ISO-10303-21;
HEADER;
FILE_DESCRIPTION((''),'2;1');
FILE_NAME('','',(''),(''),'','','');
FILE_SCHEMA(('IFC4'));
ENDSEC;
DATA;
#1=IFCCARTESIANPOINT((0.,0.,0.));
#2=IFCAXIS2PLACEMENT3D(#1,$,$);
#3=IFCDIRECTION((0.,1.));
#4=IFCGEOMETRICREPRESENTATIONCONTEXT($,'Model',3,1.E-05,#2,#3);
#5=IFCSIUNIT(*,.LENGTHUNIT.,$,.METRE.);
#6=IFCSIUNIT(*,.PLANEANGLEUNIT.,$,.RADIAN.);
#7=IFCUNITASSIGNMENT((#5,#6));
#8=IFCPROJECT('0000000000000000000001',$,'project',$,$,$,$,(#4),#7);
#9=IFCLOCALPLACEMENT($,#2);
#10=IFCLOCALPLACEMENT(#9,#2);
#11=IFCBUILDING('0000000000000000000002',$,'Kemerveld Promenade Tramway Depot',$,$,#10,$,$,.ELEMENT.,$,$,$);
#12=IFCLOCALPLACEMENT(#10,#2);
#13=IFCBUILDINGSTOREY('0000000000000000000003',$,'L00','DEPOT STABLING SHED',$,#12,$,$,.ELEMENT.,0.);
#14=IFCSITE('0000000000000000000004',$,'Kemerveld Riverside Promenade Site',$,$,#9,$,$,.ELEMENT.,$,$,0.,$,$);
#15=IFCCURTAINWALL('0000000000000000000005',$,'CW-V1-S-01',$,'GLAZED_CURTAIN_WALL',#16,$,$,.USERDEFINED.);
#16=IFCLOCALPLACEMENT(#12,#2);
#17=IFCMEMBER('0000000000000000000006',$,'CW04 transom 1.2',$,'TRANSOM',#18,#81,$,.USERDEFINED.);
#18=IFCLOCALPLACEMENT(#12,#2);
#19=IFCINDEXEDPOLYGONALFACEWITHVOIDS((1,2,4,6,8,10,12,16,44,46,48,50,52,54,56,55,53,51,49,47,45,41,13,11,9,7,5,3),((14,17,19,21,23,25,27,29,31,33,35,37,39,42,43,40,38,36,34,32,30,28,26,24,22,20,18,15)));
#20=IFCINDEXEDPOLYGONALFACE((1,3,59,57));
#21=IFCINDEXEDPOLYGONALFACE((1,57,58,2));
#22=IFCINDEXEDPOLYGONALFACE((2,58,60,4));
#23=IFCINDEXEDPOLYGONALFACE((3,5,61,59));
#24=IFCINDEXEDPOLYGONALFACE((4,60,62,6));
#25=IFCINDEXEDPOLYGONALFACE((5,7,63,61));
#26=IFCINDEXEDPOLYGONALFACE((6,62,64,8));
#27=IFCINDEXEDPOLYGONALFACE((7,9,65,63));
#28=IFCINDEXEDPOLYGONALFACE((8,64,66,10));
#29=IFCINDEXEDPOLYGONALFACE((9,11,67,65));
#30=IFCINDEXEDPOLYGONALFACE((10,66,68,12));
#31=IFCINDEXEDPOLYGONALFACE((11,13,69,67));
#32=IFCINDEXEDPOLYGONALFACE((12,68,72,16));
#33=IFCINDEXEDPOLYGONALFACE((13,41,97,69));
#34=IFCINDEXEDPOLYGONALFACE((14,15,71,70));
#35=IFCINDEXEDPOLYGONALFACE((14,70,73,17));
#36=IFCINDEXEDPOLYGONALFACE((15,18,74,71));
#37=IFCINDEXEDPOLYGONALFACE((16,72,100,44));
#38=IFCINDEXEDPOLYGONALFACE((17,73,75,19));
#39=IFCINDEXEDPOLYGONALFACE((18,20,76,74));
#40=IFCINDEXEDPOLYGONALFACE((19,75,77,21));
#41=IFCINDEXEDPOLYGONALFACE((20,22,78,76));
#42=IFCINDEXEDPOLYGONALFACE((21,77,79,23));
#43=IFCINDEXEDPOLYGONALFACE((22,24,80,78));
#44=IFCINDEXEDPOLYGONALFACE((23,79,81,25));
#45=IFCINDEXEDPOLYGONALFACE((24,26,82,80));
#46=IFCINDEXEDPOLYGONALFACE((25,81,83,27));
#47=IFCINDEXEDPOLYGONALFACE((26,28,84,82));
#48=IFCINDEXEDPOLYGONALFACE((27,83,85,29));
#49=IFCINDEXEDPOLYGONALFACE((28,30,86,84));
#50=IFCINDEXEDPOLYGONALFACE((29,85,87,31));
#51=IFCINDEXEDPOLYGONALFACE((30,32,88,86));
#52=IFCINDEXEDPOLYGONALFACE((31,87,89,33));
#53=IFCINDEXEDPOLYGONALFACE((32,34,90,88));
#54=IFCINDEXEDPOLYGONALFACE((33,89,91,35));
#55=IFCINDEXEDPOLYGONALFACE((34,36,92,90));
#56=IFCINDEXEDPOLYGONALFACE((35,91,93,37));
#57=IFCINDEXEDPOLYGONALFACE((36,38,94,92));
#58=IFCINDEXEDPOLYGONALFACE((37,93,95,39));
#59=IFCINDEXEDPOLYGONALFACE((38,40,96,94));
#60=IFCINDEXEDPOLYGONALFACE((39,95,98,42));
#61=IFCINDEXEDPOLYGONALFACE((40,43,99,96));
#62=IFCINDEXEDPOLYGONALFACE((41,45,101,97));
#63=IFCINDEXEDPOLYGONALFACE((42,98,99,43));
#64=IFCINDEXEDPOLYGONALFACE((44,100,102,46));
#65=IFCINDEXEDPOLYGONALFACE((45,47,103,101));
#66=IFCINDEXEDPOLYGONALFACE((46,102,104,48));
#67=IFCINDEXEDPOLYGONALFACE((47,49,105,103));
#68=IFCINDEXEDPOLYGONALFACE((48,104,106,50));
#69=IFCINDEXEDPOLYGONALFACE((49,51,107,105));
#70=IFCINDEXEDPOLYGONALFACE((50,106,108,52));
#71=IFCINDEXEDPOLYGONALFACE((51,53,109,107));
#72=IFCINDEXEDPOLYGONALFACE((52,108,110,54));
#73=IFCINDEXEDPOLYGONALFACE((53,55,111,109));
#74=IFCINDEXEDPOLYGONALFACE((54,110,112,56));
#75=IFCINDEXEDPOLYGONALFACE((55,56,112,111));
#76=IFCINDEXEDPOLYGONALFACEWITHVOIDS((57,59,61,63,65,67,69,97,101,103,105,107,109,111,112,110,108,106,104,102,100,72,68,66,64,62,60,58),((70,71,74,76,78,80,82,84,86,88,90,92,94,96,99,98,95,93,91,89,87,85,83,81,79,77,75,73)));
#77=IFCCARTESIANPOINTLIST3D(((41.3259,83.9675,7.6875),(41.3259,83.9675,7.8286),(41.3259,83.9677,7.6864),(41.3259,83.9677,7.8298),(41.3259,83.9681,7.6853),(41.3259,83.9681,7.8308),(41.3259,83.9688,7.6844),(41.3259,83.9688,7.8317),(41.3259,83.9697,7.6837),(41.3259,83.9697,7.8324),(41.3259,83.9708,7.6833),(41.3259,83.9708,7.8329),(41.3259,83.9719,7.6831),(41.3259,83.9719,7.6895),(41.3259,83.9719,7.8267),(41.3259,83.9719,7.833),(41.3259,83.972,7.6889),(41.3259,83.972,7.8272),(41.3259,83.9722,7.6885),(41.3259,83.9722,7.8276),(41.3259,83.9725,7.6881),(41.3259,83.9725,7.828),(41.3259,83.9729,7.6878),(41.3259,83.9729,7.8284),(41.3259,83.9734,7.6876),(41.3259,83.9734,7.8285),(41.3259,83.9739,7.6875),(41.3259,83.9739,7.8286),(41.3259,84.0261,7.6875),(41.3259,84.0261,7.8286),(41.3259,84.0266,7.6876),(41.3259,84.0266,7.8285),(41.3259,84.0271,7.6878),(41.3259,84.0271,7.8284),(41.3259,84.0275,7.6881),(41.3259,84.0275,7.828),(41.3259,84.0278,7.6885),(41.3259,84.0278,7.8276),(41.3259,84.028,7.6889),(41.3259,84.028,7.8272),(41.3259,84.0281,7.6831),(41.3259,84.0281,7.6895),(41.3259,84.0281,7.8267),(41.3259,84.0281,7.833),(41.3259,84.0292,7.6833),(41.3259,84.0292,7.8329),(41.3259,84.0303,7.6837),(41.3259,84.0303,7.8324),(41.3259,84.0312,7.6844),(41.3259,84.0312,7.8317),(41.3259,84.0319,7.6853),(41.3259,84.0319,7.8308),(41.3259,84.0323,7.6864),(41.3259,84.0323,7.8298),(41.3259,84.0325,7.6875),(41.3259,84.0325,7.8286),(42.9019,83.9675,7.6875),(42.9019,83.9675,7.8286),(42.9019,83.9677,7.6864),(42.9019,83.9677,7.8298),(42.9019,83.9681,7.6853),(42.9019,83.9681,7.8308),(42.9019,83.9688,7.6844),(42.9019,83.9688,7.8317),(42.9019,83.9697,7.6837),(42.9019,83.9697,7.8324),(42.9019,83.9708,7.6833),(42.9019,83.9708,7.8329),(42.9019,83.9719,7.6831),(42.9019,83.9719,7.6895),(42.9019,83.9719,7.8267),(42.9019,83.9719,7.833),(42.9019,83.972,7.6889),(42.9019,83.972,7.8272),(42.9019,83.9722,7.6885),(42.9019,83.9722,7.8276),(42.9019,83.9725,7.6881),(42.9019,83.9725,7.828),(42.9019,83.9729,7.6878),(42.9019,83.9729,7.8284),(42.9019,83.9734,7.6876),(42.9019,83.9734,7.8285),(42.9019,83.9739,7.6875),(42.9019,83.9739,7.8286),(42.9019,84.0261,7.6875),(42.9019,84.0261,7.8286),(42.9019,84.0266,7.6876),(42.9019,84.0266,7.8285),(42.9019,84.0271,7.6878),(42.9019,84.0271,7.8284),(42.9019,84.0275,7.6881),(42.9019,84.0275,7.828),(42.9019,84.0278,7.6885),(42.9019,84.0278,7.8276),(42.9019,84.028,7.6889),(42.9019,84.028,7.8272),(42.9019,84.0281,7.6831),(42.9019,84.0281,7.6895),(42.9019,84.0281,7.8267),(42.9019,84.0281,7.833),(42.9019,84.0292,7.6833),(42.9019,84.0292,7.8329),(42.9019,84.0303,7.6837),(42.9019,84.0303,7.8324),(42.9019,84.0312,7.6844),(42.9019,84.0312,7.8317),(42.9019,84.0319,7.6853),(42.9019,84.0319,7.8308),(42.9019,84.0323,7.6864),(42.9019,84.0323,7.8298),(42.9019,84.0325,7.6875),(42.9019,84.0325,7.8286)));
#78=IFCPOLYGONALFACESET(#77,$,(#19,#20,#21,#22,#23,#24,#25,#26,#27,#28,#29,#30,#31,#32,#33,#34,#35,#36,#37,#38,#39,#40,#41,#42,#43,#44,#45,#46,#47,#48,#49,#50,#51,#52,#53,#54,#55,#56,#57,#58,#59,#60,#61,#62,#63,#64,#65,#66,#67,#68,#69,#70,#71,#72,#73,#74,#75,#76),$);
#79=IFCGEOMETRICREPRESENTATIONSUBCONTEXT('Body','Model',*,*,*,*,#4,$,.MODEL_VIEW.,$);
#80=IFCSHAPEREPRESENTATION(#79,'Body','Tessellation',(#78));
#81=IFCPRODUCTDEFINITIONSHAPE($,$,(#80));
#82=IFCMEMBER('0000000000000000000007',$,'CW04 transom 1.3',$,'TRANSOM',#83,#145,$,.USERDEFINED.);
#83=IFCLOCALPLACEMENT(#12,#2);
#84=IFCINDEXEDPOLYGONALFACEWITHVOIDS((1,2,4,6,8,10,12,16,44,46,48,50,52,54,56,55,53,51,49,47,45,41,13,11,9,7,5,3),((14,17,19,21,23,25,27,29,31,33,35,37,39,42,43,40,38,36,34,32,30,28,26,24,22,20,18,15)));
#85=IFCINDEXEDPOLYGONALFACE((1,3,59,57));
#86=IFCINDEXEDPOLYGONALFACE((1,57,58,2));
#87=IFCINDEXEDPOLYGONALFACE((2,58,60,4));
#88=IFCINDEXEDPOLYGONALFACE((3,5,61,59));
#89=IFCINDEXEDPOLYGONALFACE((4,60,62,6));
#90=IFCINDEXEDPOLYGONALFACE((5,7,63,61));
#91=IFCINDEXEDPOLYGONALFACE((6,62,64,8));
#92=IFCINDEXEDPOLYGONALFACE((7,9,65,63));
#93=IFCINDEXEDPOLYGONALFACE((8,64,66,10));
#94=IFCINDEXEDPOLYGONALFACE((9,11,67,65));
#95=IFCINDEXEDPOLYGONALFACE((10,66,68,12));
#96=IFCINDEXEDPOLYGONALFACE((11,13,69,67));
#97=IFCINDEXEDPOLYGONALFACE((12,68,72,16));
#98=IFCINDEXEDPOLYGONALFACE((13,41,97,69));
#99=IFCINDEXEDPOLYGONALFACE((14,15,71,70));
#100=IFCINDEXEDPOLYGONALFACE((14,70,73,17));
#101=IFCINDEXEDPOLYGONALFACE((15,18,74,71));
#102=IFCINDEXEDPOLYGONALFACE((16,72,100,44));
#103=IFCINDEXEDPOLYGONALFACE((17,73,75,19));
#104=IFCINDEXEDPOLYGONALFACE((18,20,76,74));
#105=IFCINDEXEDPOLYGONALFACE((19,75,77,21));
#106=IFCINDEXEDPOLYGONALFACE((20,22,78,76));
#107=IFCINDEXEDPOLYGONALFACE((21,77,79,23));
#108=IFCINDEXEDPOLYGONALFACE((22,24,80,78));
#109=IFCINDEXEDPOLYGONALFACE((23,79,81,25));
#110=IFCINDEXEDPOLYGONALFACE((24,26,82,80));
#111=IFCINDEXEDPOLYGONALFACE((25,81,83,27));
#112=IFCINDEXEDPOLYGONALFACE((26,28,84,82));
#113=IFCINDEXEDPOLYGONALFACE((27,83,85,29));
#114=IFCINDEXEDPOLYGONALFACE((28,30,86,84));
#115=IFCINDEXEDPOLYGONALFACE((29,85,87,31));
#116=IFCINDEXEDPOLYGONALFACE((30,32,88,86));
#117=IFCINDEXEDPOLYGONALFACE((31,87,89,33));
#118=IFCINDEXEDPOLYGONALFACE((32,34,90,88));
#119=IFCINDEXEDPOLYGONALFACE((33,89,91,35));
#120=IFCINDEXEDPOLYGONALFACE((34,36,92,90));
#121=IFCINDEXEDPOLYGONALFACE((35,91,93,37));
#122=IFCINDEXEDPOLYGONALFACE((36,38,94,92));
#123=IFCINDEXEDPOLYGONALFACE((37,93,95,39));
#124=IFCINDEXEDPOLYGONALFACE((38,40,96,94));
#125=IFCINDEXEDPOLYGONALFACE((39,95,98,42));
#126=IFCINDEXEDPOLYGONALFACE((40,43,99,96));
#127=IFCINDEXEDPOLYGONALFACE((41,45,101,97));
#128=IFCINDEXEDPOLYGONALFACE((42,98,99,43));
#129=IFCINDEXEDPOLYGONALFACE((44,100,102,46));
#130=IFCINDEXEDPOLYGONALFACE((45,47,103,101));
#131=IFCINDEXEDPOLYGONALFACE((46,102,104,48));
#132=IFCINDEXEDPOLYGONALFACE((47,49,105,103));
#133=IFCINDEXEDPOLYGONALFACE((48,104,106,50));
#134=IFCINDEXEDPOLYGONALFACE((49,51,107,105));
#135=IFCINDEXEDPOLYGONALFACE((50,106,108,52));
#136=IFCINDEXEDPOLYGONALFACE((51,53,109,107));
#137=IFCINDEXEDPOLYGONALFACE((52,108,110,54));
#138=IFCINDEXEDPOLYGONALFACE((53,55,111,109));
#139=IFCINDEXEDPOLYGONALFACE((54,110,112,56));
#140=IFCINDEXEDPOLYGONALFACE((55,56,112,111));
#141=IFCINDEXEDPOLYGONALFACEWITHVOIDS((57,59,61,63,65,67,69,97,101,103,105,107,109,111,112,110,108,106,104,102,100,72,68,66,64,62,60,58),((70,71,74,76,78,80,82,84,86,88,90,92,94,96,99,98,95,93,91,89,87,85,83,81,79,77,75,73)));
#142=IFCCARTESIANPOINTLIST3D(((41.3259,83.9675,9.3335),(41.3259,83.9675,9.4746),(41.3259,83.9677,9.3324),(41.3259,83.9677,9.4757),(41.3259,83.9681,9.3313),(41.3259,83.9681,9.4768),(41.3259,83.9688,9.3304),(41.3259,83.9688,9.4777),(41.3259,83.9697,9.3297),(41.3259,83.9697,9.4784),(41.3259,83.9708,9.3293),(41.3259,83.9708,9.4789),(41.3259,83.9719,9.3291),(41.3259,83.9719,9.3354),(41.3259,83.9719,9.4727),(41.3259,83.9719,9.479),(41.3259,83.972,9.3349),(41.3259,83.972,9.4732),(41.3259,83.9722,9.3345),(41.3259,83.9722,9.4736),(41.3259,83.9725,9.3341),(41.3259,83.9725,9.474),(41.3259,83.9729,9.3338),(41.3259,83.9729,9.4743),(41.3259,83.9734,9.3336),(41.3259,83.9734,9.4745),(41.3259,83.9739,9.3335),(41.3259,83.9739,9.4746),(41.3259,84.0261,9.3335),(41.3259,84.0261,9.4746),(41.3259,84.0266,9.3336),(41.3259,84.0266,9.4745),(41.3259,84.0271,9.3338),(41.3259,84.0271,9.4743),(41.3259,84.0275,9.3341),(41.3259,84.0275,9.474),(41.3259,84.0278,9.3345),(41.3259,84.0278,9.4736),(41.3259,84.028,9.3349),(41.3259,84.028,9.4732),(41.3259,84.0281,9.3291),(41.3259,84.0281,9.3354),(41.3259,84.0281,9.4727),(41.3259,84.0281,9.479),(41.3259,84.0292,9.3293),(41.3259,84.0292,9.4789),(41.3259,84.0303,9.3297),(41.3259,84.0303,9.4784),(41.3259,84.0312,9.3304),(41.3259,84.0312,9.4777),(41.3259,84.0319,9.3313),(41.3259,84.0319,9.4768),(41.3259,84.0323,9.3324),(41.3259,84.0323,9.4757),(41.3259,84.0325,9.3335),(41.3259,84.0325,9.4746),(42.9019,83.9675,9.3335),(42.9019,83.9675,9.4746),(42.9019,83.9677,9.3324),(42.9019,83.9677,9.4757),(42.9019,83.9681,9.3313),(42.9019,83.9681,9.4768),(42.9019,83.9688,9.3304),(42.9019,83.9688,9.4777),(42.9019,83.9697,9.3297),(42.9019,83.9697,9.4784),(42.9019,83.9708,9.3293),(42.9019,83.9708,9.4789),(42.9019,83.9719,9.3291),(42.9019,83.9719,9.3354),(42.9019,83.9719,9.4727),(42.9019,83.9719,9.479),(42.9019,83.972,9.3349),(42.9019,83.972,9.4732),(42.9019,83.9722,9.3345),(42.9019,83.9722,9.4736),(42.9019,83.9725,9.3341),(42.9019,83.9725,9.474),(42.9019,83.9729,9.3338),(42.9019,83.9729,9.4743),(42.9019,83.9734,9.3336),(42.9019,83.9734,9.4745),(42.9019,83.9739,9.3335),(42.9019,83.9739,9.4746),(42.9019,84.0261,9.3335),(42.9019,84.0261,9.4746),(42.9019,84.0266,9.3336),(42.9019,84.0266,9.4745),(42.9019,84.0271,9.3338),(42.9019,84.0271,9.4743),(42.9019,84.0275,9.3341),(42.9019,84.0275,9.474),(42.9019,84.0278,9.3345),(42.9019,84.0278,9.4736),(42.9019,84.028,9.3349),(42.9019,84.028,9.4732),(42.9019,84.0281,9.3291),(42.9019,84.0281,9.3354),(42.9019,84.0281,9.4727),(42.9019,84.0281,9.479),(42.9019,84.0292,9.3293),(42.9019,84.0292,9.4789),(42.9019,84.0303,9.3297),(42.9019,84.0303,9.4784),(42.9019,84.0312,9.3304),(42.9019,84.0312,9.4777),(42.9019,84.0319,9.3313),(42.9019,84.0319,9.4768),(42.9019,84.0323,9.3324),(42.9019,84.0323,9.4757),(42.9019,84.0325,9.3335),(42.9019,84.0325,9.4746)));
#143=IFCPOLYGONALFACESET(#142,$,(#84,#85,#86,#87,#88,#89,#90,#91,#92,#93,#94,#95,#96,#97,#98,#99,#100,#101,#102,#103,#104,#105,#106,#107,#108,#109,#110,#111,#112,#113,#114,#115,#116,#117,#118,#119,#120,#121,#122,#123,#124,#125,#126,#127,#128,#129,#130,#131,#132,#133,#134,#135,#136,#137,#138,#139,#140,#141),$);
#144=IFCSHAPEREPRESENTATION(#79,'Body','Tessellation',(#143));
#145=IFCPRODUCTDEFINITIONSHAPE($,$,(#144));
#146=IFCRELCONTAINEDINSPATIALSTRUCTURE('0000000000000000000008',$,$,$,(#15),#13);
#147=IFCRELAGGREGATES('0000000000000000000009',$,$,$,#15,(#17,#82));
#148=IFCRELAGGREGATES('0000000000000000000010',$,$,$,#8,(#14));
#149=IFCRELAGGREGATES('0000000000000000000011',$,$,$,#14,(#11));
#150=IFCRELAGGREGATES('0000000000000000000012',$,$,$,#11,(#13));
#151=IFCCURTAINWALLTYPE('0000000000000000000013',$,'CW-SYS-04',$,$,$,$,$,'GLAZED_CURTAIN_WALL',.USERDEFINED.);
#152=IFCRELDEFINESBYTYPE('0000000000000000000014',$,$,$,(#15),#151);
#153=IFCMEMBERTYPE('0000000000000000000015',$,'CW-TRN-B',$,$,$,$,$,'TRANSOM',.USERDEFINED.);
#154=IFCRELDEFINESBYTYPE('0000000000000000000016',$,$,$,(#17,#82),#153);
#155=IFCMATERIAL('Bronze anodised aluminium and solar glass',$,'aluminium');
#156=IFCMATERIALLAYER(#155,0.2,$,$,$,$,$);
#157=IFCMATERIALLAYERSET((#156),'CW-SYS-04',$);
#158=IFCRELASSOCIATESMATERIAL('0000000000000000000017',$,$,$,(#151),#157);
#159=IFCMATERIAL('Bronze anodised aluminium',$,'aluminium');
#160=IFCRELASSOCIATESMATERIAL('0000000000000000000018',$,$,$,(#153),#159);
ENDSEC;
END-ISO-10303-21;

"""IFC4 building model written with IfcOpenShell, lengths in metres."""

from ifc_helpers import new_model, si_unit, direction, frame, origin, origin_2d, place, context, subcontext, project, spatial, hollow_rectangle, extrude, material, layer, layer_set, material_profile, profile_set, type_object, element, aggregate, save


model = new_model("IFC4")

# Units and contexts
model_context = context("Model", 3, precision=1e-05, world=origin(), true_north=direction((0.0, 1.0)))
body_context = subcontext(model_context, "Body", "Model", "MODEL_VIEW")
ifc_project = project(units=[si_unit("LENGTHUNIT", "METRE"), si_unit("PLANEANGLEUNIT", "RADIAN")], contexts=[model_context])

# Site, building, storey
site_placement = place(None, origin())
site = spatial("IfcSite", under=ifc_project, at=site_placement, Name="Kemerveld Riverside Promenade Site", CompositionType="ELEMENT", RefElevation=0.0)
building_placement = place(site_placement, origin())
building = spatial("IfcBuilding", under=site, at=building_placement, Name="Kemerveld Promenade Tramway Depot", CompositionType="ELEMENT")
storey_placement = place(building_placement, origin())
storey = spatial("IfcBuildingStorey", under=building, at=storey_placement, Name="L00", Description="DEPOT STABLING SHED", CompositionType="ELEMENT", Elevation=0.0)

# Curtain wall
ifc_material_1 = material(Name="Bronze anodised aluminium and solar glass", Category="aluminium")
ifc_layer_1 = layer(ifc_material_1, 0.2)
ifc_layer_set_1 = layer_set([ifc_layer_1], Name="CW-SYS-04")
curtain_wall_type_1 = type_object("IfcCurtainWallType", Name="CW-SYS-04", ElementType="GLAZED_CURTAIN_WALL", PredefinedType="USERDEFINED", material=ifc_layer_set_1)
curtain_wall_1_placement = place(storey_placement, origin())
curtain_wall_1 = element("IfcCurtainWall", 1, at=curtain_wall_1_placement, inside=storey, type_object=curtain_wall_type_1, Name="CW-V1-S-01", ObjectType="GLAZED_CURTAIN_WALL", PredefinedType="USERDEFINED")
ifc_material_2 = material(Name="Bronze anodised aluminium", Category="aluminium")

# Members
ifc_material_profile_1 = material_profile(ifc_material_2, hollow_rectangle(XDim=0.0649, YDim=0.1499, WallThickness=0.0044, InnerFilletRadius=0.002, OuterFilletRadius=0.0044, at=origin_2d()), Name="CW-TRN-150x65")
ifc_profile_set_1 = profile_set([ifc_material_profile_1], Name="Bronze anodised aluminium")
member_type_1 = type_object("IfcMemberType", Name="CW-TRN-B", ElementType="TRANSOM", PredefinedType="USERDEFINED", material=ifc_profile_set_1)
member_1_placement = place(storey_placement, frame((42.9019, 84.0, 7.7581), z_axis=(-1.0, 0.0, 0.0), x_axis=(0.0, -1.0, 0.0)))
member_1 = element("IfcMember", 2, at=member_1_placement, type_object=member_type_1, Name="CW04 transom 1.2", ObjectType="TRANSOM", PredefinedType="USERDEFINED", context=body_context, shape_type="SweptSolid", body=[
    extrude(hollow_rectangle(XDim=0.0649, YDim=0.1499, WallThickness=0.0044, InnerFilletRadius=0.002, OuterFilletRadius=0.0044, at=origin_2d()), origin(), (0.0, 0.0, 1.0), 1.5759),
])
member_2_placement = place(storey_placement, frame((42.9019, 84.0, 9.4041), z_axis=(-1.0, 0.0, 0.0), x_axis=(0.0, -1.0, 0.0)))
member_2 = element("IfcMember", 3, at=member_2_placement, type_object=member_type_1, Name="CW04 transom 1.3", ObjectType="TRANSOM", PredefinedType="USERDEFINED", context=body_context, shape_type="SweptSolid", body=[
    extrude(hollow_rectangle(XDim=0.0649, YDim=0.1499, WallThickness=0.0044, InnerFilletRadius=0.002, OuterFilletRadius=0.0044, at=origin_2d()), origin(), (0.0, 0.0, 1.0), 1.5759),
])

aggregate(curtain_wall_1, [member_1, member_2])

save(model, "model.ifc")
